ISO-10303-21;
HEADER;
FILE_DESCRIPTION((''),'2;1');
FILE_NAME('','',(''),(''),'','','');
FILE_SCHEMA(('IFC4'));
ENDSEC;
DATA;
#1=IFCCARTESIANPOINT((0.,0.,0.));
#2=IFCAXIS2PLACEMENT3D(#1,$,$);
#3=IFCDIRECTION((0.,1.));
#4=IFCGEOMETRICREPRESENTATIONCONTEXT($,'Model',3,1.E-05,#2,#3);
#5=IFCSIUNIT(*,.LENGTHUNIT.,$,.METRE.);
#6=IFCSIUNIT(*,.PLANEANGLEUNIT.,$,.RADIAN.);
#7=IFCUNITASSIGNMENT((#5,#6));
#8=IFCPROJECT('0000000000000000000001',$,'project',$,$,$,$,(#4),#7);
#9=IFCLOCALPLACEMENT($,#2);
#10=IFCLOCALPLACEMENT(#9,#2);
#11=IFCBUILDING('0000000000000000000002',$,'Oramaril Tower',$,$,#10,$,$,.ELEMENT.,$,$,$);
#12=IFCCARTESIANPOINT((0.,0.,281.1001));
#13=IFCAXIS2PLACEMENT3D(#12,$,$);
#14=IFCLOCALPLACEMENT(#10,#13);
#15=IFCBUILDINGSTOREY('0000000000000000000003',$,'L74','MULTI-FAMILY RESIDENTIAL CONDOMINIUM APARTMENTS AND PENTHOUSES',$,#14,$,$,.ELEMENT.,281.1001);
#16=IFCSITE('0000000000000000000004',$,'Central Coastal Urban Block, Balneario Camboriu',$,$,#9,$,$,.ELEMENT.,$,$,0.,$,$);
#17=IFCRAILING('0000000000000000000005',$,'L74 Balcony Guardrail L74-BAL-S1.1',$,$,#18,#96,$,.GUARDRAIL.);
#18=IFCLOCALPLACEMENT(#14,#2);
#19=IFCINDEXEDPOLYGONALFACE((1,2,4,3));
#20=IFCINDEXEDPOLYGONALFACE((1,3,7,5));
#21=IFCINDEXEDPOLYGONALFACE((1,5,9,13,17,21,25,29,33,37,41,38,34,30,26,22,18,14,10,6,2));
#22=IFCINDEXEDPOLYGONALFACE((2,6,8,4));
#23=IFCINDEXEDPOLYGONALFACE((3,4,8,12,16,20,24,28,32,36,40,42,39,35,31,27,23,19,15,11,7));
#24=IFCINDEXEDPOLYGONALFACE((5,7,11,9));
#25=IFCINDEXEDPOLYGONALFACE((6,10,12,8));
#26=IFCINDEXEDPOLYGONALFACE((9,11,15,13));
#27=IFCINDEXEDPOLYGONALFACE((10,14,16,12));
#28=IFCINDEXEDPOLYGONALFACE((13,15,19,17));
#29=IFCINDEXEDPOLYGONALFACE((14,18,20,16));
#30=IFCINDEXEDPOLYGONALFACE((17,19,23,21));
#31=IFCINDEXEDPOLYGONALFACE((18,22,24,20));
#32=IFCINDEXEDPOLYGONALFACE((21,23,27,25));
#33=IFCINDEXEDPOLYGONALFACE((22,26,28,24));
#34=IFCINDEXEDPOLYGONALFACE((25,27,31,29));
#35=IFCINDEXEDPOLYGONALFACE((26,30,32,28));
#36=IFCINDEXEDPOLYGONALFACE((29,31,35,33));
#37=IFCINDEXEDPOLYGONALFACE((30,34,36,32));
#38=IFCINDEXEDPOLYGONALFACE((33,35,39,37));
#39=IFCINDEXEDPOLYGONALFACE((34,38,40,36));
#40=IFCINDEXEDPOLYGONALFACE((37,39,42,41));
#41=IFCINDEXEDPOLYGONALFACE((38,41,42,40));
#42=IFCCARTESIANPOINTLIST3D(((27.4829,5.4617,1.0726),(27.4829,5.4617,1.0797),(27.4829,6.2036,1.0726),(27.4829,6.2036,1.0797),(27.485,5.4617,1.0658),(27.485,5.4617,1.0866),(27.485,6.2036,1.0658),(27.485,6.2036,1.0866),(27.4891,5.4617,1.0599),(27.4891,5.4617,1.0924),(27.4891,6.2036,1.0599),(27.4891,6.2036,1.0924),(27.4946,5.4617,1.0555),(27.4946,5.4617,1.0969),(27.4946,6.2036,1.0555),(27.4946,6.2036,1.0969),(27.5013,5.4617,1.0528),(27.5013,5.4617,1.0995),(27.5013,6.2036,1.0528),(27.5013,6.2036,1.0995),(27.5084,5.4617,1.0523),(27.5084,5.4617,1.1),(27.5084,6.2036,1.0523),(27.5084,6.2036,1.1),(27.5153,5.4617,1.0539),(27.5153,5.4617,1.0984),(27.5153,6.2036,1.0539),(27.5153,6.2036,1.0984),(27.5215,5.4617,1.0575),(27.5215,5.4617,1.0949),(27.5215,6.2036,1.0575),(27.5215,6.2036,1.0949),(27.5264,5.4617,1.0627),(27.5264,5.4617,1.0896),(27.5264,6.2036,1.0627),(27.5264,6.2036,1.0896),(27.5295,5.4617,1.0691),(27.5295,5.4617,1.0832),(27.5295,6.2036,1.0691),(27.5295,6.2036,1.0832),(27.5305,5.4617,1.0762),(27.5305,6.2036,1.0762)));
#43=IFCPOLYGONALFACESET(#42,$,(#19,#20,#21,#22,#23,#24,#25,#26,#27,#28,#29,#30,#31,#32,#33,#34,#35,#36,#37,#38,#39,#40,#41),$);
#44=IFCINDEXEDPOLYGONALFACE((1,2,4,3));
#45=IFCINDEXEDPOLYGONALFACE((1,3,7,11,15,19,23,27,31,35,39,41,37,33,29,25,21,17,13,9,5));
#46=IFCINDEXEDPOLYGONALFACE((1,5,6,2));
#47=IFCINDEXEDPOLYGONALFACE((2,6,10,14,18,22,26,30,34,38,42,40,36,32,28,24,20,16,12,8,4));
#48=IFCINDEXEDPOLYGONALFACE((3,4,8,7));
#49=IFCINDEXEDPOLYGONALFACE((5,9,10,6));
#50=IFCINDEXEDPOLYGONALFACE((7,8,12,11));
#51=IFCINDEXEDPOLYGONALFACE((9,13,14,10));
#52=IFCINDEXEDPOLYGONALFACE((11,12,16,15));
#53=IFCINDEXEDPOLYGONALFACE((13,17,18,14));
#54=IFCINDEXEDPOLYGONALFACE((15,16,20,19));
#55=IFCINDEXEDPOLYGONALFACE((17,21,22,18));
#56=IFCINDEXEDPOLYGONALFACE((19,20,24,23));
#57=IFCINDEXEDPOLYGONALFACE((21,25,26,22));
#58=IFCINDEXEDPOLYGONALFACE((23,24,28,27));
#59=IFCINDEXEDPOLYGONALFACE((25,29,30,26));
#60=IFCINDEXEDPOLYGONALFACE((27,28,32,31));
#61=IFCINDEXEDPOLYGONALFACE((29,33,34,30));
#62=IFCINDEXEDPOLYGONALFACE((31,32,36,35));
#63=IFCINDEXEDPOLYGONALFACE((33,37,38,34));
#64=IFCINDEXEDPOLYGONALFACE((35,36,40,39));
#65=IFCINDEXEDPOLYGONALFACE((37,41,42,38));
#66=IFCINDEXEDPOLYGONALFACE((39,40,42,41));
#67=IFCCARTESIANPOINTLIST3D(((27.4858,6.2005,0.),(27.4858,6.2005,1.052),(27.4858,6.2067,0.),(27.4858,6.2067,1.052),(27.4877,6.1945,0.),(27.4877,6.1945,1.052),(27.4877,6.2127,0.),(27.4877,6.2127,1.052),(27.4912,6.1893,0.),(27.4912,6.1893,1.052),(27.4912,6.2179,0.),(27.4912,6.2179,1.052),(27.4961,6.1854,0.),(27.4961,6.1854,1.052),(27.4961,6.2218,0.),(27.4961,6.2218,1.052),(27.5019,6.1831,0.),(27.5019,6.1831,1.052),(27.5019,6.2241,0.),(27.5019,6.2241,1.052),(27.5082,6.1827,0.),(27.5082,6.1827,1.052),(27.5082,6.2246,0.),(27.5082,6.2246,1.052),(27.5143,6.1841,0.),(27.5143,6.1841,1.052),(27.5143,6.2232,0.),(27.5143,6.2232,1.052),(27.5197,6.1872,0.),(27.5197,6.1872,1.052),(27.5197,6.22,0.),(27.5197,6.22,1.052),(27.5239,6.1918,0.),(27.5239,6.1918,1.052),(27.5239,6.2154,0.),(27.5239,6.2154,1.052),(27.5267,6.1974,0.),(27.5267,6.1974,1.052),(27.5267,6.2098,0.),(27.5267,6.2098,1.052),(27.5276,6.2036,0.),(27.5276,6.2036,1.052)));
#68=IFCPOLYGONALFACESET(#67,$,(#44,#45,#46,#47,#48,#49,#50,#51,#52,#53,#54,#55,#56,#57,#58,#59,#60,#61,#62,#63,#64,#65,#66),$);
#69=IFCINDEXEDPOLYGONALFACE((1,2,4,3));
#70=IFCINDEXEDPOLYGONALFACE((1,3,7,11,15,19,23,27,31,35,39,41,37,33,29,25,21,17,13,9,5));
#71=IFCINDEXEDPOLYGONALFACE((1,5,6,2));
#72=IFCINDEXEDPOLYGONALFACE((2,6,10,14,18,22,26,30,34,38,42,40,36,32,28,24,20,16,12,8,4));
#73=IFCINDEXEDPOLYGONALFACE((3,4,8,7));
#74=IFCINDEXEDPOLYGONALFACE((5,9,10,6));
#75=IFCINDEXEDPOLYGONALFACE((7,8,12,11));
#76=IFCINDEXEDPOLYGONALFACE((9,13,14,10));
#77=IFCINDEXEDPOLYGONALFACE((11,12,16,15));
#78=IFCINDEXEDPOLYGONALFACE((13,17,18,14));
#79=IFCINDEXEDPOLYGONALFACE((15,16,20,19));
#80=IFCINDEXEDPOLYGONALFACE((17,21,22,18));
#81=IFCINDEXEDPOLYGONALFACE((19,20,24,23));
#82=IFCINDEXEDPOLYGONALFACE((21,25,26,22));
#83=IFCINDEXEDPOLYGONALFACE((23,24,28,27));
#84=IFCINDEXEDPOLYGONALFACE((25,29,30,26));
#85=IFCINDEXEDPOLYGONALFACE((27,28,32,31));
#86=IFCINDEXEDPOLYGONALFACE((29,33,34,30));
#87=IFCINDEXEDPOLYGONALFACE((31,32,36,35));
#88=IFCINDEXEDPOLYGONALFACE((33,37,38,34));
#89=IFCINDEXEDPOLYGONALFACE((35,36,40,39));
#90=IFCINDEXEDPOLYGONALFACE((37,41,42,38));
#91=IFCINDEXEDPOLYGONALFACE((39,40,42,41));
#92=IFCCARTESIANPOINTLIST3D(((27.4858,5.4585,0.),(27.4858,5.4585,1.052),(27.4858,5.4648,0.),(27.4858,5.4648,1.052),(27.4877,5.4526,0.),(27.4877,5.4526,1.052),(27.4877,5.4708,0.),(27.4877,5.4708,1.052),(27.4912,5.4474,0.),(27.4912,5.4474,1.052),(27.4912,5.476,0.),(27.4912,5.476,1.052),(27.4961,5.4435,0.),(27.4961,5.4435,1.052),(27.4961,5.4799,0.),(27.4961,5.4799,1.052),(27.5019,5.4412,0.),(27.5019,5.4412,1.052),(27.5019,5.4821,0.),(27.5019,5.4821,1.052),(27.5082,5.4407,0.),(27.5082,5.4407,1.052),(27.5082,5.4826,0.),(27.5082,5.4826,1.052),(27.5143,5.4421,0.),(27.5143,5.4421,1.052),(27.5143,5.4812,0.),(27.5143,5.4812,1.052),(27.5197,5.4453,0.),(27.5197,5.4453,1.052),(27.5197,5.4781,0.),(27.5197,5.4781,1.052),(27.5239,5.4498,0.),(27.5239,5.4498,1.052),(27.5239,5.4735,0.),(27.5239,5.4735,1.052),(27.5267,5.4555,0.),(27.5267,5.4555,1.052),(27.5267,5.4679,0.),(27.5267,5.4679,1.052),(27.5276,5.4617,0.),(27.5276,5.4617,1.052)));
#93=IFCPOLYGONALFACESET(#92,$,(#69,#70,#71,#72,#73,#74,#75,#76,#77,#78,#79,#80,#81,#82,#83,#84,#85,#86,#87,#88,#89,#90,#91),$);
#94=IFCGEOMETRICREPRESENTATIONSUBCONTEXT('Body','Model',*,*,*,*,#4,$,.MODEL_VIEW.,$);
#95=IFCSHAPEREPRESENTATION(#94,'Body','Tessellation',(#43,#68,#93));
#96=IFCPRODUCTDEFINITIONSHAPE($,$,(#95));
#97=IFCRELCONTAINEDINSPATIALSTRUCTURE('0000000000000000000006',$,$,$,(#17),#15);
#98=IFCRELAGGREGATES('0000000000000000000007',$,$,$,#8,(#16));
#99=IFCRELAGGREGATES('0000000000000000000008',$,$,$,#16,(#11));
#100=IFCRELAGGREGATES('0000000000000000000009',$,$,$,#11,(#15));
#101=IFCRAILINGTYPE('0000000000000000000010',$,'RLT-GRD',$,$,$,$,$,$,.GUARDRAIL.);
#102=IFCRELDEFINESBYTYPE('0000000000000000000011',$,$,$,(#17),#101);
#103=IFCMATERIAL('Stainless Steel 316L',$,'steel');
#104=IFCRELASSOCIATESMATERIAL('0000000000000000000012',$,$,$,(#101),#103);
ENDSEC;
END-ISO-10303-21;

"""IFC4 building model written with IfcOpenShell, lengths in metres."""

from ifc_helpers import new_model, si_unit, direction, frame, origin, origin_2d, place, context, subcontext, project, spatial, circle, extrude, material, type_object, element, save


model = new_model("IFC4")

# Units and contexts
model_context = context("Model", 3, precision=1e-05, world=origin(), true_north=direction((0.0, 1.0)))
body_context = subcontext(model_context, "Body", "Model", "MODEL_VIEW")
ifc_project = project(units=[si_unit("LENGTHUNIT", "METRE"), si_unit("PLANEANGLEUNIT", "RADIAN")], contexts=[model_context])

# Site, building, storey
site_placement = place(None, origin())
site = spatial("IfcSite", under=ifc_project, at=site_placement, Name="Central Coastal Urban Block, Balneario Camboriu", CompositionType="ELEMENT", RefElevation=0.0)
building_placement = place(site_placement, origin())
building = spatial("IfcBuilding", under=site, at=building_placement, Name="Oramaril Tower", CompositionType="ELEMENT")
storey_placement = place(building_placement, frame((0.0, 0.0, 281.1001)))
storey = spatial("IfcBuildingStorey", under=building, at=storey_placement, Name="L74", Description="MULTI-FAMILY RESIDENTIAL CONDOMINIUM APARTMENTS AND PENTHOUSES", CompositionType="ELEMENT", Elevation=281.1001)

# Railing
ifc_material_1 = material(Name="Stainless Steel 316L", Category="steel")
railing_type = type_object("IfcRailingType", Name="RLT-GRD", PredefinedType="GUARDRAIL", material=ifc_material_1)
railing_1_placement = place(storey_placement, frame((27.5066, 6.2036, 0.0)))
element("IfcRailing", 1, at=railing_1_placement, inside=storey, type_object=railing_type, Name="L74 Balcony Guardrail L74-BAL-S1.1", PredefinedType="GUARDRAIL", context=body_context, shape_type="SweptSolid", body=[
    extrude(circle(Radius=0.0239, at=origin_2d()), frame((0.0, 0.0, 1.0762), z_axis=(0.0, -1.0, 0.0), x_axis=(1.0, 0.0, 0.0)), (0.0, 0.0, 1.0), 0.7419),
    extrude(circle(Radius=0.021, at=origin_2d()), origin(), (0.0, 0.0, 1.0), 1.052),
    extrude(circle(Radius=0.021, at=origin_2d()), frame((0.0, -0.7419, 0.0)), (0.0, 0.0, 1.0), 1.052),
])

save(model, "model.ifc")
